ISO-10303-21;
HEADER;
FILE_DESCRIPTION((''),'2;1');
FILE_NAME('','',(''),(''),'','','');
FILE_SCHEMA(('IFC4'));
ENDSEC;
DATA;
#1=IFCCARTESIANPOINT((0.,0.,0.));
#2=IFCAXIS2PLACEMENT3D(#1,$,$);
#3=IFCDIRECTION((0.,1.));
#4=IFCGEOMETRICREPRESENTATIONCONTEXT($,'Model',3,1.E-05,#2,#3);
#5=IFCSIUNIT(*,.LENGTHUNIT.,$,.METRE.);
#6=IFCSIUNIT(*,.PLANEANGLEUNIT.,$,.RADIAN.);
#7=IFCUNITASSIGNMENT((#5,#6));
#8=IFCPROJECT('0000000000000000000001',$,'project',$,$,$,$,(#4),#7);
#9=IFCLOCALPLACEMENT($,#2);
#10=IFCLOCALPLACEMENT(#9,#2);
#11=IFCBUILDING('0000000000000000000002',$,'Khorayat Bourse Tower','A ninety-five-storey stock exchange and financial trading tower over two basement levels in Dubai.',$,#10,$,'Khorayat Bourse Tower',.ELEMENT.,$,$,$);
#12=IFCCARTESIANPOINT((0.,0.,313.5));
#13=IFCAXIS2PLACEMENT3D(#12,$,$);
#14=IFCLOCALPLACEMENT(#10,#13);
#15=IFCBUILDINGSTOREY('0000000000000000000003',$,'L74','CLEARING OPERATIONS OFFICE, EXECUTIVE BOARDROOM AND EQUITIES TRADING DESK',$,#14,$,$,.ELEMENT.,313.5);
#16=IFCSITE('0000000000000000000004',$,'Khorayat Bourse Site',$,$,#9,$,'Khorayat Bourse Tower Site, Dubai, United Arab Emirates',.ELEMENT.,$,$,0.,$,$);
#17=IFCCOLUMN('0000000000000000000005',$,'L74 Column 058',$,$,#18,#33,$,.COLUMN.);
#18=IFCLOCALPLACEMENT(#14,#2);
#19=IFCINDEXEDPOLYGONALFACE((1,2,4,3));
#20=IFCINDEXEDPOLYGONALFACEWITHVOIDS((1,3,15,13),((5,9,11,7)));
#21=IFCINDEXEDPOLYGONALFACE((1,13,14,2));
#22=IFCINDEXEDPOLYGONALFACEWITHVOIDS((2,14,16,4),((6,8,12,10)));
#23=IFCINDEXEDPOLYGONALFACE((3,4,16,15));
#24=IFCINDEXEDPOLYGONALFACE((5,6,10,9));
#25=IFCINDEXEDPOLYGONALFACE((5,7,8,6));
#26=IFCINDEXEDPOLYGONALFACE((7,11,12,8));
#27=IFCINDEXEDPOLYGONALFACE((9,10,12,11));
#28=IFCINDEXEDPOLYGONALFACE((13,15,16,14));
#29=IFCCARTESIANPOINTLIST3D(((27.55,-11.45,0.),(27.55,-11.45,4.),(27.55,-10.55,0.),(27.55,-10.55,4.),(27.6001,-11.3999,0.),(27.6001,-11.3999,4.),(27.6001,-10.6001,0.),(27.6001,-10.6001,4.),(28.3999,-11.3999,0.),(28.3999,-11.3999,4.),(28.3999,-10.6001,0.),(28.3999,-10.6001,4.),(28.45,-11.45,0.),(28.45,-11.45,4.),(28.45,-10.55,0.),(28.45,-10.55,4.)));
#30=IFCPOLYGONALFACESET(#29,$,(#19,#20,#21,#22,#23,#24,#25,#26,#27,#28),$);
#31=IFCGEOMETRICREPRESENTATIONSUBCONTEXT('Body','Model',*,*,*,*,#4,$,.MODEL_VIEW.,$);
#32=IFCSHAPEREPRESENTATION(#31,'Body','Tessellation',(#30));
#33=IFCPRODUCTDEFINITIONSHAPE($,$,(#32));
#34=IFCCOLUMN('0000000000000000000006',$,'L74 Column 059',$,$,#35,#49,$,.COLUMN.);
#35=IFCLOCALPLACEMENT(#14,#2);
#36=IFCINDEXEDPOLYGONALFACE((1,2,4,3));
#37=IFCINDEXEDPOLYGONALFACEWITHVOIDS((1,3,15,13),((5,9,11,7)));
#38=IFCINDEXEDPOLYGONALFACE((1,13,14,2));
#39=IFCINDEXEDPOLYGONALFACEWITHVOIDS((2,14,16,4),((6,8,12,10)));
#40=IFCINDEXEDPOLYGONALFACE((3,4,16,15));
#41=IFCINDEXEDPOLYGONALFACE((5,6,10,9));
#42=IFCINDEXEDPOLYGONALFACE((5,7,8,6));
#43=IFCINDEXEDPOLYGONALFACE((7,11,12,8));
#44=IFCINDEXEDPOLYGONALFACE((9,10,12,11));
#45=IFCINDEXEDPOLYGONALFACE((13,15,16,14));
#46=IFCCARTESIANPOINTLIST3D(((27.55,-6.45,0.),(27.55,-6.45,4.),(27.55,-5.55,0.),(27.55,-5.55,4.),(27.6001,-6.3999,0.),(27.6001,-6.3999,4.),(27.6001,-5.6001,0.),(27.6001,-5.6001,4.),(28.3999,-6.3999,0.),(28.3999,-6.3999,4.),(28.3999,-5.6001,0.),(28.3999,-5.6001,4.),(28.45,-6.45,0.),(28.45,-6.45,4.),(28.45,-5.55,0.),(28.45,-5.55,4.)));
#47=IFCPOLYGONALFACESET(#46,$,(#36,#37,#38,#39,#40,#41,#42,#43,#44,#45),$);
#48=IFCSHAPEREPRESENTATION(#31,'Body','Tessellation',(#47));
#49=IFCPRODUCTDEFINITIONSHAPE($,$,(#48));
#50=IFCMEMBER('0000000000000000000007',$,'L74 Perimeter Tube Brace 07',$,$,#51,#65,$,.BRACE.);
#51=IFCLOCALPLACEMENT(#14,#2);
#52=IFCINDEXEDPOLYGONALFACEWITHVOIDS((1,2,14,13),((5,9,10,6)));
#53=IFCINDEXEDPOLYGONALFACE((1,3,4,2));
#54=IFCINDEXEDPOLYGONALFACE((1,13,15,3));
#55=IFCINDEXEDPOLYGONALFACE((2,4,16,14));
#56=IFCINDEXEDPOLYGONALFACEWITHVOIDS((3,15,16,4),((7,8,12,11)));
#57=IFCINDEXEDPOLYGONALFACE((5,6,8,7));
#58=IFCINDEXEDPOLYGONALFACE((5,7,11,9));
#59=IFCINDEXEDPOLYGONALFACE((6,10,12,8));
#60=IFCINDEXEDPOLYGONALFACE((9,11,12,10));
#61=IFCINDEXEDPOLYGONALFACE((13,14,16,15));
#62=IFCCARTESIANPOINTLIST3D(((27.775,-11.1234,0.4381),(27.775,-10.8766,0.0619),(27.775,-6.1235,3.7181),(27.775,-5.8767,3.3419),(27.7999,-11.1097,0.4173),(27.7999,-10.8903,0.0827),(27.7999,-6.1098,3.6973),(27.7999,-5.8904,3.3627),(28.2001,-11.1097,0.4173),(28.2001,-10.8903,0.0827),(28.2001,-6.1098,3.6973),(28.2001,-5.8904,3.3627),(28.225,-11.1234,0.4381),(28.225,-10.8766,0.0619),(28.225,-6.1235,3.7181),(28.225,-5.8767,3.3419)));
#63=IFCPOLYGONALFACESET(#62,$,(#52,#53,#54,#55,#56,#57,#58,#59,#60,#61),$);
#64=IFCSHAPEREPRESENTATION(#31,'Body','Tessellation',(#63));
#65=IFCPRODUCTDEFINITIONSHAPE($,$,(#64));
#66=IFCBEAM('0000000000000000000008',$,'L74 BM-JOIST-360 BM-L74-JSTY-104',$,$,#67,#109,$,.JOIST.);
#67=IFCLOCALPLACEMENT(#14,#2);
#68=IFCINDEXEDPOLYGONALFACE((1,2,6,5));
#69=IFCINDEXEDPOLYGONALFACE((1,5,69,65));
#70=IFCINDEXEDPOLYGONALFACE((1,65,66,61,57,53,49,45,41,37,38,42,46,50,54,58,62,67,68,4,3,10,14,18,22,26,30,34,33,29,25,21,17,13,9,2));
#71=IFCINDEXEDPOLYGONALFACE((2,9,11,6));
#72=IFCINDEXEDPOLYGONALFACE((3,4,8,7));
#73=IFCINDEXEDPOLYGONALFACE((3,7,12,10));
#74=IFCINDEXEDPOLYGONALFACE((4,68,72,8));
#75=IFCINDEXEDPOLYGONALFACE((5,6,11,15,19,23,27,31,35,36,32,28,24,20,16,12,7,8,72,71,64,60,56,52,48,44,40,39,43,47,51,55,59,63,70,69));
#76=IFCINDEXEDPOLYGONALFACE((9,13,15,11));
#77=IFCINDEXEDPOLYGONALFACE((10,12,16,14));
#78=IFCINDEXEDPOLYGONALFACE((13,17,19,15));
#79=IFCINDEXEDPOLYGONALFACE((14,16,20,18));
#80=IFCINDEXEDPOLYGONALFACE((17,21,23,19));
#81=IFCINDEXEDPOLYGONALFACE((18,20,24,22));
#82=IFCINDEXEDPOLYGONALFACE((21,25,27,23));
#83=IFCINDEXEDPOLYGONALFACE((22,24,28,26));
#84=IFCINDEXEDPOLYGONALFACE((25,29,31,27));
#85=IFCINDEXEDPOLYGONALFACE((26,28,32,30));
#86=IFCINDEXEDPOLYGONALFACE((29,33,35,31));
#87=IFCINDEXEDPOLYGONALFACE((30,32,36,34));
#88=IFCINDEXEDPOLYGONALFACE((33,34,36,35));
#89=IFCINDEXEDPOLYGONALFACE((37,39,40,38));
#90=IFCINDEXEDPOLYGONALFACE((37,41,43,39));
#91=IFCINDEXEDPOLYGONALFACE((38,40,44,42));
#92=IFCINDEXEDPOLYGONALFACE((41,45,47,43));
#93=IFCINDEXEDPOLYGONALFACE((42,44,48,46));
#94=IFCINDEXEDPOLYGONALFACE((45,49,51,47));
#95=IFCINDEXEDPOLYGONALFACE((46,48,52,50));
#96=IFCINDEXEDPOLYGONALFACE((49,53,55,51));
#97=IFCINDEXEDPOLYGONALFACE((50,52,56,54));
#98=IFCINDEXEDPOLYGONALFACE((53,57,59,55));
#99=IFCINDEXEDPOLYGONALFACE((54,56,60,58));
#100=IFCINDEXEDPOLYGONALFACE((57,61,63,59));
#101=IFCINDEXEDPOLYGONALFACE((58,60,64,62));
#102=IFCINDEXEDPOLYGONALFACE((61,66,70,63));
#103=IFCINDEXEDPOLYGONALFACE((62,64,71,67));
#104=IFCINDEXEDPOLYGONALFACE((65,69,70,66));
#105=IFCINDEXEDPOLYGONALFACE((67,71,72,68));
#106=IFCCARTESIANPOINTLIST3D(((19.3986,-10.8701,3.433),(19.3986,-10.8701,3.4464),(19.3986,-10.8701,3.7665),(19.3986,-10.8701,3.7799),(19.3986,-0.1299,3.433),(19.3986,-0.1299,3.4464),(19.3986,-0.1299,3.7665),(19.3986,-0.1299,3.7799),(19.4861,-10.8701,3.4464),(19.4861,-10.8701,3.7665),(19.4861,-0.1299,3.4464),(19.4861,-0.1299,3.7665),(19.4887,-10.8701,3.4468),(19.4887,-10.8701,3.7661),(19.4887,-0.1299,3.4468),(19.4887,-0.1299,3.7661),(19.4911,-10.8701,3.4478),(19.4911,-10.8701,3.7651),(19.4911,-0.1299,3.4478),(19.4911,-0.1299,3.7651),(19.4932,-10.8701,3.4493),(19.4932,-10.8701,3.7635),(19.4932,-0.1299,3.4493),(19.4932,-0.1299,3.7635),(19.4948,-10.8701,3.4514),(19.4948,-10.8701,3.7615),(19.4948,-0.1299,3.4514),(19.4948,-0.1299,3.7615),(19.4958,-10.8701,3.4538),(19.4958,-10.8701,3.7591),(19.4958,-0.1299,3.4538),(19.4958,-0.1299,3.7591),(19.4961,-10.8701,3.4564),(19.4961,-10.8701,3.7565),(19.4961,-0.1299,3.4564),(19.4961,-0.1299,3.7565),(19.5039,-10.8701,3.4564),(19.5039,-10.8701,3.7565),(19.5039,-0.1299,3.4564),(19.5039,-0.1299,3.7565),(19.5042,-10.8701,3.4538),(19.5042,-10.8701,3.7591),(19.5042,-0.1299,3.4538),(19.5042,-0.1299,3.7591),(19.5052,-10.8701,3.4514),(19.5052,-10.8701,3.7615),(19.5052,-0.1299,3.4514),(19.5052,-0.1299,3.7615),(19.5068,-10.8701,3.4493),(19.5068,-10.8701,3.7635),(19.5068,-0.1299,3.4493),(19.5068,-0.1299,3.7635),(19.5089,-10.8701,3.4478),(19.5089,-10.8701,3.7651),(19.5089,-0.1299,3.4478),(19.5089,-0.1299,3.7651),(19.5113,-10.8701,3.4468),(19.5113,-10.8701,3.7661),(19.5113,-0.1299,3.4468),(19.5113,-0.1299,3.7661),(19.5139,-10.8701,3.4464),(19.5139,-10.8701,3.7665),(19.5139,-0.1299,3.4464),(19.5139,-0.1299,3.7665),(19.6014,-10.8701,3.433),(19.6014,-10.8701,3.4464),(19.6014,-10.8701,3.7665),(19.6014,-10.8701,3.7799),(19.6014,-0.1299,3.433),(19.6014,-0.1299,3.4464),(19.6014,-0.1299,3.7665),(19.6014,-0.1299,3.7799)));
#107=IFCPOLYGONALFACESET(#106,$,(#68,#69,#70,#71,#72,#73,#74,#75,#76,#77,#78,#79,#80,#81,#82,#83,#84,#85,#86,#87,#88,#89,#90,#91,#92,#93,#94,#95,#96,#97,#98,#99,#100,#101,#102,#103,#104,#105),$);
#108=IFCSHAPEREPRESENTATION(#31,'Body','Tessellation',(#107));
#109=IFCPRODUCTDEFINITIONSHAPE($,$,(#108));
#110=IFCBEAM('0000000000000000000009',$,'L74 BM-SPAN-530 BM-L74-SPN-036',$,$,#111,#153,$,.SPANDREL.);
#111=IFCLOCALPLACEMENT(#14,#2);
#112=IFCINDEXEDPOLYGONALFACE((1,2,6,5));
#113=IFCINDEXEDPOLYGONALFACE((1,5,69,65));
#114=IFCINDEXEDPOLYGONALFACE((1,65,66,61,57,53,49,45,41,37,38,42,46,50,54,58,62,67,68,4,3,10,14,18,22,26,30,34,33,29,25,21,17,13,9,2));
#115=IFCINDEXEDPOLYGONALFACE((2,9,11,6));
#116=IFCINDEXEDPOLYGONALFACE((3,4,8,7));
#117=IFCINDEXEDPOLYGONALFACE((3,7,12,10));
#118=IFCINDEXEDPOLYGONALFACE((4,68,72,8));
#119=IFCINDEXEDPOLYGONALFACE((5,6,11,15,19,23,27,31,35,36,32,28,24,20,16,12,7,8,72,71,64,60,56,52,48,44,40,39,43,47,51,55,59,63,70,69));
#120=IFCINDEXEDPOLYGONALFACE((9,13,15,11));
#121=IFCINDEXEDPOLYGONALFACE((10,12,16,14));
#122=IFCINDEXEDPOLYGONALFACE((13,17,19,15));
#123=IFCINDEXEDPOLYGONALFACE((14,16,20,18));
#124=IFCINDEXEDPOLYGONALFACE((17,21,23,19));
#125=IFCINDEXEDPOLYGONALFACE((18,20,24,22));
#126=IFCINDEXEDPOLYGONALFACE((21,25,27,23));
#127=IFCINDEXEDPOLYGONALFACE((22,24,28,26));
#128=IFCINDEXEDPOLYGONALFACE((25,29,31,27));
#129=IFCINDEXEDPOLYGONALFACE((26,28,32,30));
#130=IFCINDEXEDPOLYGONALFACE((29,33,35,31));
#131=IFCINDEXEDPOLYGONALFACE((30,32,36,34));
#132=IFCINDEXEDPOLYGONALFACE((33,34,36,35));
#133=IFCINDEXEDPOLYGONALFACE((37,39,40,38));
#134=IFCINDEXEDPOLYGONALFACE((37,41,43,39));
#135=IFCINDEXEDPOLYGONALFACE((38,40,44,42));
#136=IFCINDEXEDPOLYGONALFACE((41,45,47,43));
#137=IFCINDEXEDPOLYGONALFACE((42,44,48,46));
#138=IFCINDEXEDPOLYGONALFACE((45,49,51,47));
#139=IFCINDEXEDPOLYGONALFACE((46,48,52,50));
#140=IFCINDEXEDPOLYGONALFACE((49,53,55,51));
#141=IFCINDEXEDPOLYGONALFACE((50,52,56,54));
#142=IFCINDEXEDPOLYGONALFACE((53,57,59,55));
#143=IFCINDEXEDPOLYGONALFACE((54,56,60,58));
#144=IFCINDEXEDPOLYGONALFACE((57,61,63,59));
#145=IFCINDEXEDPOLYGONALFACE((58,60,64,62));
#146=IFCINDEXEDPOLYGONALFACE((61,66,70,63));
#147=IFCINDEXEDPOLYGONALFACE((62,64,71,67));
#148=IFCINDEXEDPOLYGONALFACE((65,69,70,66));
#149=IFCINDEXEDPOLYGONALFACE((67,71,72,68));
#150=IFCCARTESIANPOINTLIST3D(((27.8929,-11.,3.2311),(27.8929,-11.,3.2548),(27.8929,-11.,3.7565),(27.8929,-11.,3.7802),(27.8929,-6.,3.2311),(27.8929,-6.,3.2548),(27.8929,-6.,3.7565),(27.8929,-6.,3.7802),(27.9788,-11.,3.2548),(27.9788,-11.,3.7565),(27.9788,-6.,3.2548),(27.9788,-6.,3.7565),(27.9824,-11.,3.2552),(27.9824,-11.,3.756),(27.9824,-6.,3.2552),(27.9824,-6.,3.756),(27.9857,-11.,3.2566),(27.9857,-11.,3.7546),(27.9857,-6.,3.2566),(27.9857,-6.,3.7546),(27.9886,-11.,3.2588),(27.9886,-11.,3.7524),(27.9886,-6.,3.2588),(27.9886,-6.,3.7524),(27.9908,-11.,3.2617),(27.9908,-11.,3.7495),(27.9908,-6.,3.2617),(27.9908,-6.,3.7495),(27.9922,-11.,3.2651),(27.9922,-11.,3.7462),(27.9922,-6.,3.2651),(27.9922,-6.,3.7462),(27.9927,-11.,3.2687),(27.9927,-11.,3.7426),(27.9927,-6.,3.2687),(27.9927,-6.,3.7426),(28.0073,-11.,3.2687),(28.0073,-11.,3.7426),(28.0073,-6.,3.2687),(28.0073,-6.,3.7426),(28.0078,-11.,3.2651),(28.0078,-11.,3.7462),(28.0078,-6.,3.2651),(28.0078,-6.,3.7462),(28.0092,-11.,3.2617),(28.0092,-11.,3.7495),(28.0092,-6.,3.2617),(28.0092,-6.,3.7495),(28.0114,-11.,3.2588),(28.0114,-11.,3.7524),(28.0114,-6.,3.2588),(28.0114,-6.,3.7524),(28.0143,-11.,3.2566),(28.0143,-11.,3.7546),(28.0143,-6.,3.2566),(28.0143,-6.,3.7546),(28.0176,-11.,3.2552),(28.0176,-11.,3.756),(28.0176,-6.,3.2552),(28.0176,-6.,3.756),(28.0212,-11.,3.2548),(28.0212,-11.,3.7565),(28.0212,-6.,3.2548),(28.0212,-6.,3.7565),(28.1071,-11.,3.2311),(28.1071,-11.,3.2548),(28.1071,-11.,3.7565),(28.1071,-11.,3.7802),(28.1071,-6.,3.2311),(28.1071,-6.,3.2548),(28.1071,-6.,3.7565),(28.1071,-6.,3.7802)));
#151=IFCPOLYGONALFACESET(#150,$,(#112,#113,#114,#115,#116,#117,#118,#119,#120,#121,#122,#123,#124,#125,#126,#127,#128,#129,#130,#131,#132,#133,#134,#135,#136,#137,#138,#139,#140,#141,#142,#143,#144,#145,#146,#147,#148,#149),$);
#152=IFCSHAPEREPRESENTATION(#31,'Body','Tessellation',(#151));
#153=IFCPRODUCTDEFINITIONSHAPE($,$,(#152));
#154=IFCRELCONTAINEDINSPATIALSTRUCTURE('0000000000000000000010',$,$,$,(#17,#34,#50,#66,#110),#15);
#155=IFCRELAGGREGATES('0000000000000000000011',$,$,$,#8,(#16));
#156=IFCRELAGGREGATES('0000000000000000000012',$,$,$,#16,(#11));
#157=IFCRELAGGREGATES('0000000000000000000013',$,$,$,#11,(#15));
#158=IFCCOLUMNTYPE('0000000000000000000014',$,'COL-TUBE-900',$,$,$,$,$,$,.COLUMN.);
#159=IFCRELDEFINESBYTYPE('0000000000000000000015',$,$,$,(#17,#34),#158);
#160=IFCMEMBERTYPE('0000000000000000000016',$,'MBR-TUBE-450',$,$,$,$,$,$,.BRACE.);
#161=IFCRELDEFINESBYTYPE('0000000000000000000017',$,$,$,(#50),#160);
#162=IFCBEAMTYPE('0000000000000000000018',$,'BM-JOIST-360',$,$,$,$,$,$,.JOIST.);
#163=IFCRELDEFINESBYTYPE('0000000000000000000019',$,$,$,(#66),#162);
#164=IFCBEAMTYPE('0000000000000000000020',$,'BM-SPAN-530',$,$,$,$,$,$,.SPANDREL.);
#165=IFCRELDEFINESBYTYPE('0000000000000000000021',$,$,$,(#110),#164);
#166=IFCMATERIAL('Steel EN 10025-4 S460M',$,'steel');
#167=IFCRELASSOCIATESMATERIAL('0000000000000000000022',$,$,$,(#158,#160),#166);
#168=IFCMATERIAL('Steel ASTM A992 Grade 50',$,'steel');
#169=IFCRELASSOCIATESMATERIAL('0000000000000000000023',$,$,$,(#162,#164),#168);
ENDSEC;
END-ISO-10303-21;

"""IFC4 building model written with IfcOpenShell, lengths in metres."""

from ifc_helpers import new_model, si_unit, direction, frame, origin, origin_2d, place, context, subcontext, project, spatial, hollow_rectangle, i_section, extrude, source, transform, mapped, material, material_profile, profile_set, type_object, element, save


model = new_model("IFC4")

# Units and contexts
model_context = context("Model", 3, precision=1e-05, world=origin(), true_north=direction((0.0, 1.0)))
body_context = subcontext(model_context, "Body", "Model", "MODEL_VIEW")
ifc_project = project(units=[si_unit("LENGTHUNIT", "METRE"), si_unit("PLANEANGLEUNIT", "RADIAN")], contexts=[model_context])

# Site, building, storey
site_placement = place(None, origin())
site = spatial("IfcSite", under=ifc_project, at=site_placement, Name="Khorayat Bourse Site", LongName="Khorayat Bourse Tower Site, Dubai, United Arab Emirates", CompositionType="ELEMENT", RefElevation=0.0)
building_placement = place(site_placement, origin())
building = spatial("IfcBuilding", under=site, at=building_placement, Name="Khorayat Bourse Tower", Description="A ninety-five-storey stock exchange and financial trading tower over two basement levels in Dubai.", LongName="Khorayat Bourse Tower", CompositionType="ELEMENT")
storey_placement = place(building_placement, frame((0.0, 0.0, 313.5)))
storey = spatial("IfcBuildingStorey", under=building, at=storey_placement, Name="L74", Description="CLEARING OPERATIONS OFFICE, EXECUTIVE BOARDROOM AND EQUITIES TRADING DESK", CompositionType="ELEMENT", Elevation=313.5)

# Columns
ifc_material_1 = material(Name="Steel EN 10025-4 S460M", Category="steel")
ifc_material_profile_1 = material_profile(ifc_material_1, hollow_rectangle(XDim=0.8999, YDim=0.8999, WallThickness=0.05, at=origin_2d()), Name="BOX 900x900x50")
ifc_profile_set_1 = profile_set([ifc_material_profile_1], Name="Steel EN 10025-4 S460M")
column_type = type_object("IfcColumnType", Name="COL-TUBE-900", PredefinedType="COLUMN", material=ifc_profile_set_1)
shared_shape_1 = source(origin(), body_context, "Body", "SweptSolid", [
    extrude(hollow_rectangle(XDim=0.8999, YDim=0.8999, WallThickness=0.05, at=origin_2d()), origin(), (0.0, 0.0, 1.0), 4.0),
])
for number, where, z_axis, x_axis, name in (
    (1, (28.0, -11.0, 0.0), (0.0, 0.0, 1.0), (1.0, 0.0, 0.0), "L74 Column 058"),
    (2, (28.0, -6.0, 0.0), (0.0, 0.0, 1.0), (1.0, 0.0, 0.0), "L74 Column 059"),
):
    element("IfcColumn", number, at=place(storey_placement, frame(where, z_axis=z_axis, x_axis=x_axis)), inside=storey, type_object=column_type, Name=name, PredefinedType="COLUMN", context=body_context, shape_type="MappedRepresentation", body=[
        mapped(shared_shape_1, transform((0.0, 0.0, 0.0), scale=1.0)),
    ])

# Member
ifc_material_profile_2 = material_profile(ifc_material_1, hollow_rectangle(XDim=0.45, YDim=0.45, WallThickness=0.0249, at=origin_2d()), Name="HSS 450x450x25")
ifc_profile_set_2 = profile_set([ifc_material_profile_2], Name="Steel EN 10025-4 S460M")
member_type_1 = type_object("IfcMemberType", Name="MBR-TUBE-450", PredefinedType="BRACE", material=ifc_profile_set_2)
shared_shape_2 = source(origin(), body_context, "Body", "SweptSolid", [
    extrude(hollow_rectangle(XDim=0.45, YDim=0.45, WallThickness=0.0249, at=origin_2d()), origin(), (0.0, 0.0, 1.0), 5.9797),
])
member_1_placement = place(storey_placement, frame((28.0, -11.0, 0.25), z_axis=(0.0, 0.836142, 0.548514), x_axis=(-1.0, 0.0, 0.0)))
element("IfcMember", 3, at=member_1_placement, inside=storey, type_object=member_type_1, Name="L74 Perimeter Tube Brace 07", PredefinedType="BRACE", context=body_context, shape_type="MappedRepresentation", body=[
    mapped(shared_shape_2, transform((0.0, 0.0, 0.0), scale=1.0)),
])

# Beams
ifc_material_2 = material(Name="Steel ASTM A992 Grade 50", Category="steel")
ifc_material_profile_3 = material_profile(ifc_material_2, i_section(OverallWidth=0.2029, OverallDepth=0.3469, WebThickness=0.0078, FlangeThickness=0.0134, FilletRadius=0.01, at=origin_2d()), Name="W360X64")
ifc_profile_set_3 = profile_set([ifc_material_profile_3], Name="Steel ASTM A992 Grade 50")
beam_type_1 = type_object("IfcBeamType", Name="BM-JOIST-360", PredefinedType="JOIST", material=ifc_profile_set_3)
shared_shape_3 = source(origin(), body_context, "Body", "SweptSolid", [
    extrude(i_section(OverallWidth=0.2029, OverallDepth=0.3469, WebThickness=0.0078, FlangeThickness=0.0134, FilletRadius=0.01, at=origin_2d()), origin(), (0.0, 0.0, 1.0), 10.7402),
])
beam_1_placement = place(storey_placement, frame((19.5, -10.8701, 3.6064), z_axis=(0.0, 1.0, 0.0), x_axis=(-1.0, 0.0, 0.0)))
element("IfcBeam", 4, at=beam_1_placement, inside=storey, type_object=beam_type_1, Name="L74 BM-JOIST-360 BM-L74-JSTY-104", PredefinedType="JOIST", context=body_context, shape_type="MappedRepresentation", body=[
    mapped(shared_shape_3, transform((0.0, 0.0, 0.0), scale=1.0)),
])
ifc_material_profile_4 = material_profile(ifc_material_2, i_section(OverallWidth=0.2141, OverallDepth=0.5491, WebThickness=0.0146, FlangeThickness=0.0237, FilletRadius=0.0139, at=origin_2d()), Name="W530X138")
ifc_profile_set_4 = profile_set([ifc_material_profile_4], Name="Steel ASTM A992 Grade 50")
beam_type_2 = type_object("IfcBeamType", Name="BM-SPAN-530", PredefinedType="SPANDREL", material=ifc_profile_set_4)
shared_shape_4 = source(origin(), body_context, "Body", "SweptSolid", [
    extrude(i_section(OverallWidth=0.2141, OverallDepth=0.5491, WebThickness=0.0146, FlangeThickness=0.0237, FilletRadius=0.0139, at=origin_2d()), origin(), (0.0, 0.0, 1.0), 5.0),
])
beam_2_placement = place(storey_placement, frame((28.0, -11.0, 3.5056), z_axis=(0.0, 1.0, 0.0), x_axis=(-1.0, 0.0, 0.0)))
element("IfcBeam", 5, at=beam_2_placement, inside=storey, type_object=beam_type_2, Name="L74 BM-SPAN-530 BM-L74-SPN-036", PredefinedType="SPANDREL", context=body_context, shape_type="MappedRepresentation", body=[
    mapped(shared_shape_4, transform((0.0, 0.0, 0.0), scale=1.0)),
])

save(model, "model.ifc")
